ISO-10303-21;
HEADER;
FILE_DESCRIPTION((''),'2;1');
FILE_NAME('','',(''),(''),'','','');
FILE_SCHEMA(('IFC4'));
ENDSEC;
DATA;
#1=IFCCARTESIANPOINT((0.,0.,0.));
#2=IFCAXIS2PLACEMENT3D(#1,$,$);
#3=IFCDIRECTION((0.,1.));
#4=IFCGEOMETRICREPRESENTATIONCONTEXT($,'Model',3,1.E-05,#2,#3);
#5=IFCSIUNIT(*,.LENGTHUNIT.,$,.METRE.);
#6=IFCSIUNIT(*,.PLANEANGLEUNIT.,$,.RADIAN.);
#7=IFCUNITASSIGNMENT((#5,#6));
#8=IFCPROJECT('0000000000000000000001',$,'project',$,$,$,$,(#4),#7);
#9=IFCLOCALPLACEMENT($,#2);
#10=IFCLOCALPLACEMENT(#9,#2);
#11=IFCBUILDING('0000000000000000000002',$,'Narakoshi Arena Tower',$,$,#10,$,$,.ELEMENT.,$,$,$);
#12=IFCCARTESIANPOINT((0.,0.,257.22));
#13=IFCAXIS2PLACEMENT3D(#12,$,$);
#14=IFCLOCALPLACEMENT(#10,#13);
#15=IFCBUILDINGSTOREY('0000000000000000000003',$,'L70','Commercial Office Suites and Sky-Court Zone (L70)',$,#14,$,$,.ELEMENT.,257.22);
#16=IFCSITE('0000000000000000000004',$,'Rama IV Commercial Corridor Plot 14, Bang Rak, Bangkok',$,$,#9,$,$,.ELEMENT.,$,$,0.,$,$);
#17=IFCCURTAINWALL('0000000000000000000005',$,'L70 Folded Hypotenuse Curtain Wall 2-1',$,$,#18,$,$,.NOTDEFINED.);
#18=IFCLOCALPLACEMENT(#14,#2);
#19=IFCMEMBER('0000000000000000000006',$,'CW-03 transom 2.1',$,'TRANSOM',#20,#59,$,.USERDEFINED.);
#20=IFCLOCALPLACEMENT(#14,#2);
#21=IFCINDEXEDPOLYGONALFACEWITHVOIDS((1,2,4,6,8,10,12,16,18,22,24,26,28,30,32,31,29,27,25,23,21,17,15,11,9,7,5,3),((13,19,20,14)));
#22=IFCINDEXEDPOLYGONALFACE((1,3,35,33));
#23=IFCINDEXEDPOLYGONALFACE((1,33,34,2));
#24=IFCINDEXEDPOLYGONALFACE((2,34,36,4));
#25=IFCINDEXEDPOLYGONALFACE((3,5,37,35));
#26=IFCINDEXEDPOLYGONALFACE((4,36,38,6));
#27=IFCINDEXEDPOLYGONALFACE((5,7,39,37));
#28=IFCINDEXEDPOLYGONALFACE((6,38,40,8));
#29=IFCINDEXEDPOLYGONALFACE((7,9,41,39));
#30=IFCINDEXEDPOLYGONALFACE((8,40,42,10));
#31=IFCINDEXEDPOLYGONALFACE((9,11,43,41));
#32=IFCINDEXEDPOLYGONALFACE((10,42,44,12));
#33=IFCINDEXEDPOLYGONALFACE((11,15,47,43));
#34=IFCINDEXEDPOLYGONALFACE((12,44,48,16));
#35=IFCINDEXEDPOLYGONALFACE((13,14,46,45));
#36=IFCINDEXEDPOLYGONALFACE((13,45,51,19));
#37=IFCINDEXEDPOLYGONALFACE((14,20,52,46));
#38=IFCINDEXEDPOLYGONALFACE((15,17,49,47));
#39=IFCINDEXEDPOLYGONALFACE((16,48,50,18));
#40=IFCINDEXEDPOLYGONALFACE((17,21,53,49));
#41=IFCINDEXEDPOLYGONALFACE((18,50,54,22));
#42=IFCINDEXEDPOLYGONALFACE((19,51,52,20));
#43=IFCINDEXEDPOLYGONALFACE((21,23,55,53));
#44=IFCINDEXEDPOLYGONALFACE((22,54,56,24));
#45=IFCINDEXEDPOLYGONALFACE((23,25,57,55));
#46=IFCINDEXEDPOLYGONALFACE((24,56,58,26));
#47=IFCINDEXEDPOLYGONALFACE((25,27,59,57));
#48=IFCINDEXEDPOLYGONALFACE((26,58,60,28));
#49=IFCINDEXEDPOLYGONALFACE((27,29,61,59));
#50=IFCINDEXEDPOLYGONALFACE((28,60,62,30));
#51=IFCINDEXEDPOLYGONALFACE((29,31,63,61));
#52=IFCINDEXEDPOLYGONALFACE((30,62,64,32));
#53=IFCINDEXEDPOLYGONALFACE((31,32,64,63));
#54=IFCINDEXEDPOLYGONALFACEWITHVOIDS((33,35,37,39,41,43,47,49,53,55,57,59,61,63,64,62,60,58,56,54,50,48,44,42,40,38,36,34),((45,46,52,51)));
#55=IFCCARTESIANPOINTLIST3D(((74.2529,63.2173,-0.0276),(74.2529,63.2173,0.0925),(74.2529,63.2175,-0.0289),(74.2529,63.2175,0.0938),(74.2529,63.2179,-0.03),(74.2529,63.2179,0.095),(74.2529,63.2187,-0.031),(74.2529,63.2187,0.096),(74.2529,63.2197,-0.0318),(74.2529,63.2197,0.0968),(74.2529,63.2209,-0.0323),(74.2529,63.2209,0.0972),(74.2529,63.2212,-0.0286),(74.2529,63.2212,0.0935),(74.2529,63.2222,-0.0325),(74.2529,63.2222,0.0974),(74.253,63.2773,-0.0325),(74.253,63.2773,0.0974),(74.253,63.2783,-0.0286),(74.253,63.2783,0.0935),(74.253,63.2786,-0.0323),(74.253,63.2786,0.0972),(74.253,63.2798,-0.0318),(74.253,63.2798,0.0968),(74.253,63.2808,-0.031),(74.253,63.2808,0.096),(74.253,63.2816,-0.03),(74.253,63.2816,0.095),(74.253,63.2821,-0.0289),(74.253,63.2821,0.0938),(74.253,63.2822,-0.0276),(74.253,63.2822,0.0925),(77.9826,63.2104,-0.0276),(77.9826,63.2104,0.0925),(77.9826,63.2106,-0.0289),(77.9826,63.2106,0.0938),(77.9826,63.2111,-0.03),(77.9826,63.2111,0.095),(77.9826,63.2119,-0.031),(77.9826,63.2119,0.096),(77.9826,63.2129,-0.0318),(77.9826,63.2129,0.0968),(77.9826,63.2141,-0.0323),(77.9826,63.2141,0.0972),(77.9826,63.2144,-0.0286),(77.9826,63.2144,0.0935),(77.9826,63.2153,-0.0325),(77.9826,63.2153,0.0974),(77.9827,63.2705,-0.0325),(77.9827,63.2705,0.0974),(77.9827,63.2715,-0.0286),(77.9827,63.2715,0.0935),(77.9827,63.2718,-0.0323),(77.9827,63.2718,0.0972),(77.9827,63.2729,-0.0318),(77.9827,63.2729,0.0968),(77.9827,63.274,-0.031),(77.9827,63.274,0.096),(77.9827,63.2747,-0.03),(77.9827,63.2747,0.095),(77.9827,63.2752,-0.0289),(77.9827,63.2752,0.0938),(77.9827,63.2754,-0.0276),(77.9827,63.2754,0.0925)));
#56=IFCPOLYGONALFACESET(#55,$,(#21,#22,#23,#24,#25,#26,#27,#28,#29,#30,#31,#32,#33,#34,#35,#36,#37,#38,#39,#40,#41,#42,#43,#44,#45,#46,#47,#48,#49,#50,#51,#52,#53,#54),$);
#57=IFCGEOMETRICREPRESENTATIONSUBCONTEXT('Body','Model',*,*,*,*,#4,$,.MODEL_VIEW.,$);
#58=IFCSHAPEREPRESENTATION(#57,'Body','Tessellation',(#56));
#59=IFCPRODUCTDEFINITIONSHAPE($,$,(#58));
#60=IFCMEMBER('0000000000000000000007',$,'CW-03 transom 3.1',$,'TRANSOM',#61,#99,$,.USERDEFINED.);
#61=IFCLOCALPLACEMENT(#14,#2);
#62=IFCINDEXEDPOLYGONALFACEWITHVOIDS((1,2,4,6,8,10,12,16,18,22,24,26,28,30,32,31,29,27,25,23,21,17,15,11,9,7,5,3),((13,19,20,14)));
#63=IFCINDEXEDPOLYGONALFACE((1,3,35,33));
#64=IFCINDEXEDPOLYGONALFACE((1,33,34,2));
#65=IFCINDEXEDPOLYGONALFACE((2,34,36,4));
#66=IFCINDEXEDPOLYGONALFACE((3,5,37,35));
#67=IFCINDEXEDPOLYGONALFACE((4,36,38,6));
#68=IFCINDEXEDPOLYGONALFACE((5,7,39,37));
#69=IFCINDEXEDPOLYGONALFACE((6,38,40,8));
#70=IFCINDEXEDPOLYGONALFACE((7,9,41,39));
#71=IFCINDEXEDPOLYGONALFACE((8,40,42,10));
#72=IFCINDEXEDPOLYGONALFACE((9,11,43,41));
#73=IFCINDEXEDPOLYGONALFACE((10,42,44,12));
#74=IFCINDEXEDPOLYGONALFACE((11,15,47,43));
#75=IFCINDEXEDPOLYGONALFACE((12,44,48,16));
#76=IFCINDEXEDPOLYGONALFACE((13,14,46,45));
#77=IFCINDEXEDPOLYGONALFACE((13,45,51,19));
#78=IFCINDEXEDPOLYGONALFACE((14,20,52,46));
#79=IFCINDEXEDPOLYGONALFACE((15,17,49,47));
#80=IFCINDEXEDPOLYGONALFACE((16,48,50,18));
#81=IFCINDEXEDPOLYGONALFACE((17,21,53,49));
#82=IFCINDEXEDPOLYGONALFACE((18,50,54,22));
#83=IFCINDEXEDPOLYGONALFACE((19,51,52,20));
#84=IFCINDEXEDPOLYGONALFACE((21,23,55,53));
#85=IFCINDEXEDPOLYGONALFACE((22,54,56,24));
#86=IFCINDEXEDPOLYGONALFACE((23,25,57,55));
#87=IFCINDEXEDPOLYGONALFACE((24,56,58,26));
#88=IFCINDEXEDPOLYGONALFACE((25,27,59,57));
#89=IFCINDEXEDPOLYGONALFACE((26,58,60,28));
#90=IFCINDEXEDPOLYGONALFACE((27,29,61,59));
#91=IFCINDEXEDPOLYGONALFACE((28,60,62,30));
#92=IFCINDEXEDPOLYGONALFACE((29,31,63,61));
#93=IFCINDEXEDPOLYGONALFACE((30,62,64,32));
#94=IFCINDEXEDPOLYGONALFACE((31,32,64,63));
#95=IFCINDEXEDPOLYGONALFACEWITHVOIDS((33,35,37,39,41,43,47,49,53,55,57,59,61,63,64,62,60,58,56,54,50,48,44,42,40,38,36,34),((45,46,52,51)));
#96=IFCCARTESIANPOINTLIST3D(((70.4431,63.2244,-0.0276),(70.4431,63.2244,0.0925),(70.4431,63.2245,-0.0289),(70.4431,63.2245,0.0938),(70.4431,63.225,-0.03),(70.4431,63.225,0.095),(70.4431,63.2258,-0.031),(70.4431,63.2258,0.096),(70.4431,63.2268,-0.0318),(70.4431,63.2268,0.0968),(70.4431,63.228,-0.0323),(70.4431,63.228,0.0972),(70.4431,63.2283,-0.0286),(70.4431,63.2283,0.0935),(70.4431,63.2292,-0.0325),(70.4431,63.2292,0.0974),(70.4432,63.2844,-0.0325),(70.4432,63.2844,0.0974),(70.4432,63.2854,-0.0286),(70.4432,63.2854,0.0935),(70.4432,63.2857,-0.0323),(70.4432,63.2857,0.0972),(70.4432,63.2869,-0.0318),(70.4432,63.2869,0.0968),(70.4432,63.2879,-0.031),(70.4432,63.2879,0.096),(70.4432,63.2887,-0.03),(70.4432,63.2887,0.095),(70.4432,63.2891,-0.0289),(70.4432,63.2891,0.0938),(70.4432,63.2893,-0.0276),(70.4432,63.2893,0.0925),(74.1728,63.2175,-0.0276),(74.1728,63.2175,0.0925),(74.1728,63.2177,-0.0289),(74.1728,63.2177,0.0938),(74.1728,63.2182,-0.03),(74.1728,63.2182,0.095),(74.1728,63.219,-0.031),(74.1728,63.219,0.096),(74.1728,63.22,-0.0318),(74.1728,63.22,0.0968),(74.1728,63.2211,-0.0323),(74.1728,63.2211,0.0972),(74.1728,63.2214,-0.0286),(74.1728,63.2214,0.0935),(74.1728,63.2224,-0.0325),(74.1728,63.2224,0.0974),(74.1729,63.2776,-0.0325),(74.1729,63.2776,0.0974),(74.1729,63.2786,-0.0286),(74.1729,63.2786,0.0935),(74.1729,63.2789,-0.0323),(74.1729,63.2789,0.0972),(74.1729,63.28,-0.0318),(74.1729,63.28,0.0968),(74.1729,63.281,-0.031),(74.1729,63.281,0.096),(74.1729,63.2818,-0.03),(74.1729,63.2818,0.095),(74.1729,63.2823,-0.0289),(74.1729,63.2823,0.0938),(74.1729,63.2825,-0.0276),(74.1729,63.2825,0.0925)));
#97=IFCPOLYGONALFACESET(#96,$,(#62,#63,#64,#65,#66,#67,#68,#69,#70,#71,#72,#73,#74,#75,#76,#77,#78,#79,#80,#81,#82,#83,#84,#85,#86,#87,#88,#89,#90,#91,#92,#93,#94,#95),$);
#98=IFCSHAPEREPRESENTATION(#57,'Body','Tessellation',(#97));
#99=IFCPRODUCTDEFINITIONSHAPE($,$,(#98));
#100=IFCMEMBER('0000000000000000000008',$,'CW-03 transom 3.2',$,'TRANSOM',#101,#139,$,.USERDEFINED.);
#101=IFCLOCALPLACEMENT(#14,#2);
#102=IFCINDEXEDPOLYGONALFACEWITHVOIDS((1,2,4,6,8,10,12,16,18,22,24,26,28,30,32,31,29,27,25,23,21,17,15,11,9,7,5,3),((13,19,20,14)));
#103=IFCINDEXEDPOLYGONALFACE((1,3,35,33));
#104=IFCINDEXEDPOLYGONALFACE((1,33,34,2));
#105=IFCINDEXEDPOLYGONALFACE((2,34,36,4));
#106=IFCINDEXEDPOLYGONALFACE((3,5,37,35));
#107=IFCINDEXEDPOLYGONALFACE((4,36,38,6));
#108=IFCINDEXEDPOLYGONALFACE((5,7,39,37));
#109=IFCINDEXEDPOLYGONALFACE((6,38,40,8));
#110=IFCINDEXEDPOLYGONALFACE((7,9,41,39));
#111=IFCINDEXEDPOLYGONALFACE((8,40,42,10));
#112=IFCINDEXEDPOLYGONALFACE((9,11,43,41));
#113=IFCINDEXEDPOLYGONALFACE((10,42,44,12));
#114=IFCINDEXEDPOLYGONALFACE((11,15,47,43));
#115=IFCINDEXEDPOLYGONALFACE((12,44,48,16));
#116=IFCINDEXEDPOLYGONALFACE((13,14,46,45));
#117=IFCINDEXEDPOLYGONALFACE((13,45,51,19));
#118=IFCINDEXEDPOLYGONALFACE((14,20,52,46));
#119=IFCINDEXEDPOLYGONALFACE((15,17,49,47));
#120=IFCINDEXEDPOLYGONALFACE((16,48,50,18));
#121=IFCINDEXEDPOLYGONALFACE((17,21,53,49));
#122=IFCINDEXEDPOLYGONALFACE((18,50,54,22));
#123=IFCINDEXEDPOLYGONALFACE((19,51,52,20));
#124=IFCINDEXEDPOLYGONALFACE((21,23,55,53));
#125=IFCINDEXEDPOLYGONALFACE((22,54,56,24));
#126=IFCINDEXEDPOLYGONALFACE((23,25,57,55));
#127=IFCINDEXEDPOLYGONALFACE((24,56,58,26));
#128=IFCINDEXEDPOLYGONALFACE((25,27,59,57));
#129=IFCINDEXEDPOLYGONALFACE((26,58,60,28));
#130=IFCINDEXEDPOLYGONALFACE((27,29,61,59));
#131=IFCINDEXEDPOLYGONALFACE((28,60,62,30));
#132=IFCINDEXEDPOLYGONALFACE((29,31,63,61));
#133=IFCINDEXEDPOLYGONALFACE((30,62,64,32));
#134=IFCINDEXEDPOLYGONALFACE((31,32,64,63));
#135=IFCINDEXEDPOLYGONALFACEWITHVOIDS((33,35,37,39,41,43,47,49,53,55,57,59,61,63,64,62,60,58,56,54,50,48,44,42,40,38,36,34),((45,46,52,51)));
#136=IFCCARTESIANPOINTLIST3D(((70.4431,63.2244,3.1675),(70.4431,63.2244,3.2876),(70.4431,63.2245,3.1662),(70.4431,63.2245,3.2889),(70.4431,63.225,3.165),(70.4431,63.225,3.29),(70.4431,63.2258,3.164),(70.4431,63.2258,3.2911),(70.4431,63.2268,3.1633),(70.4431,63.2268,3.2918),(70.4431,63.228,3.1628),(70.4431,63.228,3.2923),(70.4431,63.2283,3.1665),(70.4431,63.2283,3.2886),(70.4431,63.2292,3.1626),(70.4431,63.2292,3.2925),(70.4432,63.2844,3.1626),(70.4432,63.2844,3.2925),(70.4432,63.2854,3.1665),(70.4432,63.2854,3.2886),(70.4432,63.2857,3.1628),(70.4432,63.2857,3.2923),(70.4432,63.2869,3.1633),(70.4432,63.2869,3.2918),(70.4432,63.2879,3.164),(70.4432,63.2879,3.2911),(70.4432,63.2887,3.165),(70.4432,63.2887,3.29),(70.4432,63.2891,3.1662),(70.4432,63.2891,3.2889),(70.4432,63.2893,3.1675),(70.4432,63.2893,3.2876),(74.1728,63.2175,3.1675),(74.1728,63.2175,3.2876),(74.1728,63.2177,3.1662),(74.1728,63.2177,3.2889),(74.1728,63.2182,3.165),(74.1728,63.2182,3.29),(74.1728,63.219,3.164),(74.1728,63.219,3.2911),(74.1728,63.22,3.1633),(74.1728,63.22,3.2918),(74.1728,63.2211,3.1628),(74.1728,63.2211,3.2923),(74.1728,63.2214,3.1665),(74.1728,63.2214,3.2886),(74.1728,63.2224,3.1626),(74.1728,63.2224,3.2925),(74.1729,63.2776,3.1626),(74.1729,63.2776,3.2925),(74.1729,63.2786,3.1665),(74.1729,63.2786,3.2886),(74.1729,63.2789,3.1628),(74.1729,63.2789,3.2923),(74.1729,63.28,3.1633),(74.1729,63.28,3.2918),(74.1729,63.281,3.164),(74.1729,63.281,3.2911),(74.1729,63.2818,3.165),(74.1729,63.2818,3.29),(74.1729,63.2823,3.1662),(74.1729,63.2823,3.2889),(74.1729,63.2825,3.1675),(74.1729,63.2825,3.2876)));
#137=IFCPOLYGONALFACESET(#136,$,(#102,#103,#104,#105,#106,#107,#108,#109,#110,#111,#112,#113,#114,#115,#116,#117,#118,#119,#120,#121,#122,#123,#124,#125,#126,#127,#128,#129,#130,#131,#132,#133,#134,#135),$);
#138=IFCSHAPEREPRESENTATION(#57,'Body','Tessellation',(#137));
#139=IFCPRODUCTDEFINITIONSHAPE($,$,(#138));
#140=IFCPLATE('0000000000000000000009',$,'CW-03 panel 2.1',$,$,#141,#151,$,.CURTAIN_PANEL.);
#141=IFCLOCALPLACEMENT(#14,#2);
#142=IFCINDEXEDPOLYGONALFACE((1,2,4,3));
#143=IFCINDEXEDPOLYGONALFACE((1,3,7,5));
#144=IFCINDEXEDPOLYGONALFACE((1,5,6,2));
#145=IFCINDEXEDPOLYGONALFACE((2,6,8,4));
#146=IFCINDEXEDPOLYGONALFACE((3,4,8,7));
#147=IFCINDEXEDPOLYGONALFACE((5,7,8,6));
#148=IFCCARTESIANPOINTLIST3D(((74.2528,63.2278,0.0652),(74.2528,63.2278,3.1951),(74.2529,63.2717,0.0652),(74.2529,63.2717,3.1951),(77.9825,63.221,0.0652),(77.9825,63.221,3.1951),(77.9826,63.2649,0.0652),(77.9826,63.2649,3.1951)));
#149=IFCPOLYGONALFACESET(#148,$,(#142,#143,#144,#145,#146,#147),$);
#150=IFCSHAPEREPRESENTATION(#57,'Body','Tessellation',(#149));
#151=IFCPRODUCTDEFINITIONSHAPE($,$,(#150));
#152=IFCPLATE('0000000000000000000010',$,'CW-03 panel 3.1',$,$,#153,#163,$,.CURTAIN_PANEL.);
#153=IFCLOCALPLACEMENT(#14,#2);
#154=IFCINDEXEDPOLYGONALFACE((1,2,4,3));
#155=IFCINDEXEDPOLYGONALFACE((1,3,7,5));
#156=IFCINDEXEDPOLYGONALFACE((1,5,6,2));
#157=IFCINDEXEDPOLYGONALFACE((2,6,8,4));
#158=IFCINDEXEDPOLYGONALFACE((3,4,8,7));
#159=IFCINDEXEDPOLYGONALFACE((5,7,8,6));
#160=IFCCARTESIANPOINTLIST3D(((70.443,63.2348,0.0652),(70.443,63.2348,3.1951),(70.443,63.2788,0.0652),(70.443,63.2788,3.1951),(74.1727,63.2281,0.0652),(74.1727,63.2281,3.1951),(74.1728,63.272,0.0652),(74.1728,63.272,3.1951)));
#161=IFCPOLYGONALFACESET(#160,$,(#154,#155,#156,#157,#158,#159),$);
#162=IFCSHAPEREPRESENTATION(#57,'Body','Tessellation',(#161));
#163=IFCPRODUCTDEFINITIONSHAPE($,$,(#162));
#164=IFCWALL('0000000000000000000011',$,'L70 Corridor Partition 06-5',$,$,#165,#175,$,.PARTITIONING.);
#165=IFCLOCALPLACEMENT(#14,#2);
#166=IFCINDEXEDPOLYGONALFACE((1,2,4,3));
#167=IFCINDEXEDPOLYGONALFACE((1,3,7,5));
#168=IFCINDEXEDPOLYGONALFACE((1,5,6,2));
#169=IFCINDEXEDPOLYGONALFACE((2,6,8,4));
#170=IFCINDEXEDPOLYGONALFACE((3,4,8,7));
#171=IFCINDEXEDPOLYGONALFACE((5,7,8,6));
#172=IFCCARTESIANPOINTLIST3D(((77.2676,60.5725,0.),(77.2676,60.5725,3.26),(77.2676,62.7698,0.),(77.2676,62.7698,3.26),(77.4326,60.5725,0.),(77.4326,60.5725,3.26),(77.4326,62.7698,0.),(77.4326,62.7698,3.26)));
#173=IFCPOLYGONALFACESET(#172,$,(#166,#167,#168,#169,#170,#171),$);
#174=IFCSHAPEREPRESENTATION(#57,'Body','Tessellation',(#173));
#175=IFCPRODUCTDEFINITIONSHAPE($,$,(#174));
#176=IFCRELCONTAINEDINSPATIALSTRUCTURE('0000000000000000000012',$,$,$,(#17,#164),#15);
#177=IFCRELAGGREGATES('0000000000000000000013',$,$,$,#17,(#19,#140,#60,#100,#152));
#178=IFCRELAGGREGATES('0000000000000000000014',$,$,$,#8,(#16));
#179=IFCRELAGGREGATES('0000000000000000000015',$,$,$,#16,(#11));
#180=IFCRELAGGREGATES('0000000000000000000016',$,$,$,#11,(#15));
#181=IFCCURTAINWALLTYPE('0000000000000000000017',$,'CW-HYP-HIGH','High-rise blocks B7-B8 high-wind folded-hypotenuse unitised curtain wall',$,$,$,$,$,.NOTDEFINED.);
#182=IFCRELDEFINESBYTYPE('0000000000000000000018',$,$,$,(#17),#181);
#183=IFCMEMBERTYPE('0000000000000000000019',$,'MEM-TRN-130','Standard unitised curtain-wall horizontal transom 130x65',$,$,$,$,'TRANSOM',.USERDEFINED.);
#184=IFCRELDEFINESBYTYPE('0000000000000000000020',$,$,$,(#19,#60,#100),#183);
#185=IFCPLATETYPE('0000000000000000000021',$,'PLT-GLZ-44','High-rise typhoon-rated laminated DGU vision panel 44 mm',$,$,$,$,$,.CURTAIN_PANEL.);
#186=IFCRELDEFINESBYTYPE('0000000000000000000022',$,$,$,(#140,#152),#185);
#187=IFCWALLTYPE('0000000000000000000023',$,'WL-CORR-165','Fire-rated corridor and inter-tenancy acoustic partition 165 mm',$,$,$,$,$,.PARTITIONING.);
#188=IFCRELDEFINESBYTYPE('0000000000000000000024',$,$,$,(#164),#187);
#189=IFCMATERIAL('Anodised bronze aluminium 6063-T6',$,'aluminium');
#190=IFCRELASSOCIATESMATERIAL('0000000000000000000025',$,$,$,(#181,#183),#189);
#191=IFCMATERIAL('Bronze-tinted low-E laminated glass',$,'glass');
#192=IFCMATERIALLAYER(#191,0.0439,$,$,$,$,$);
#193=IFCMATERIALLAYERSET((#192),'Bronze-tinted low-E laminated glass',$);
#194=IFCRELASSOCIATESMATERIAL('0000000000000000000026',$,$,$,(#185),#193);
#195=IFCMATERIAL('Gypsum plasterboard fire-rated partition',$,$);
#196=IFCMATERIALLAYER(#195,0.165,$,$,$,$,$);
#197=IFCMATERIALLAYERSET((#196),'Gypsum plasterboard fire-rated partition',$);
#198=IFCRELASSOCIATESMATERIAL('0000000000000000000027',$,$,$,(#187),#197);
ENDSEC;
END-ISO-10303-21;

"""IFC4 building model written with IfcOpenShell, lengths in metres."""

from ifc_helpers import new_model, si_unit, direction, frame, frame_2d, origin, origin_2d, place, context, subcontext, project, spatial, rectangle, hollow_rectangle, extrude, material, layer, layer_set, material_profile, profile_set, type_object, element, aggregate, save


model = new_model("IFC4")

# Units and contexts
model_context = context("Model", 3, precision=1e-05, world=origin(), true_north=direction((0.0, 1.0)))
body_context = subcontext(model_context, "Body", "Model", "MODEL_VIEW")
ifc_project = project(units=[si_unit("LENGTHUNIT", "METRE"), si_unit("PLANEANGLEUNIT", "RADIAN")], contexts=[model_context])

# Site, building, storey
site_placement = place(None, origin())
site = spatial("IfcSite", under=ifc_project, at=site_placement, Name="Rama IV Commercial Corridor Plot 14, Bang Rak, Bangkok", CompositionType="ELEMENT", RefElevation=0.0)
building_placement = place(site_placement, origin())
building = spatial("IfcBuilding", under=site, at=building_placement, Name="Narakoshi Arena Tower", CompositionType="ELEMENT")
storey_placement = place(building_placement, frame((0.0, 0.0, 257.22)))
storey = spatial("IfcBuildingStorey", under=building, at=storey_placement, Name="L70", Description="Commercial Office Suites and Sky-Court Zone (L70)", CompositionType="ELEMENT", Elevation=257.22)

# Curtain wall, members, plates
ifc_material_1 = material(Name="Anodised bronze aluminium 6063-T6", Category="aluminium")
curtain_wall_type = type_object("IfcCurtainWallType", Name="CW-HYP-HIGH", Description="High-rise blocks B7-B8 high-wind folded-hypotenuse unitised curtain wall", PredefinedType="NOTDEFINED", material=ifc_material_1)
curtain_wall_placement = place(storey_placement, origin())
curtain_wall = element("IfcCurtainWall", 1, at=curtain_wall_placement, inside=storey, type_object=curtain_wall_type, Name="L70 Folded Hypotenuse Curtain Wall 2-1", PredefinedType="NOTDEFINED")
ifc_material_profile_1 = material_profile(ifc_material_1, hollow_rectangle(XDim=0.0649, YDim=0.1299, WallThickness=0.0039, OuterFilletRadius=0.0049, at=origin_2d()), Name="TRN130x65x4")
ifc_profile_set_1 = profile_set([ifc_material_profile_1], Name="Anodised bronze aluminium 6063-T6")
member_type_1 = type_object("IfcMemberType", Name="MEM-TRN-130", Description="Standard unitised curtain-wall horizontal transom 130x65", ElementType="TRANSOM", PredefinedType="USERDEFINED", material=ifc_profile_set_1)
member_1_placement = place(storey_placement, frame((77.9827, 63.2429, 0.0325), z_axis=(-0.999998, 0.001833, 0.0), x_axis=(-0.001833, -0.999998, 0.0)))
member_1 = element("IfcMember", 2, at=member_1_placement, type_object=member_type_1, Name="CW-03 transom 2.1", ObjectType="TRANSOM", PredefinedType="USERDEFINED", context=body_context, shape_type="SweptSolid", body=[
    extrude(hollow_rectangle(XDim=0.0649, YDim=0.1299, WallThickness=0.0039, OuterFilletRadius=0.0049, at=origin_2d()), origin(), (0.0, 0.0, 1.0), 3.7297),
])
member_2_placement = place(storey_placement, frame((74.1729, 63.25, 0.0325), z_axis=(-0.999998, 0.001833, 0.0), x_axis=(-0.001833, -0.999998, 0.0)))
member_2 = element("IfcMember", 3, at=member_2_placement, type_object=member_type_1, Name="CW-03 transom 3.1", ObjectType="TRANSOM", PredefinedType="USERDEFINED", context=body_context, shape_type="SweptSolid", body=[
    extrude(hollow_rectangle(XDim=0.0649, YDim=0.1299, WallThickness=0.0039, OuterFilletRadius=0.0049, at=origin_2d()), origin(), (0.0, 0.0, 1.0), 3.7297),
])
member_3_placement = place(storey_placement, frame((74.1729, 63.25, 3.2275), z_axis=(-0.999998, 0.001833, 0.0), x_axis=(-0.001833, -0.999998, 0.0)))
member_3 = element("IfcMember", 4, at=member_3_placement, type_object=member_type_1, Name="CW-03 transom 3.2", ObjectType="TRANSOM", PredefinedType="USERDEFINED", context=body_context, shape_type="SweptSolid", body=[
    extrude(hollow_rectangle(XDim=0.0649, YDim=0.1299, WallThickness=0.0039, OuterFilletRadius=0.0049, at=origin_2d()), origin(), (0.0, 0.0, 1.0), 3.7297),
])
ifc_material_2 = material(Name="Bronze-tinted low-E laminated glass", Category="glass")
ifc_layer_1 = layer(ifc_material_2, 0.0439)
ifc_layer_set_1 = layer_set([ifc_layer_1], Name="Bronze-tinted low-E laminated glass")
plate_type = type_object("IfcPlateType", Name="PLT-GLZ-44", Description="High-rise typhoon-rated laminated DGU vision panel 44 mm", PredefinedType="CURTAIN_PANEL", material=ifc_layer_set_1)
plate_1_placement = place(storey_placement, frame((76.1177, 63.2463, 0.0652), z_axis=(0.0, 0.0, 1.0), x_axis=(-0.999998, 0.00182, 0.0)))
plate_1 = element("IfcPlate", 5, at=plate_1_placement, type_object=plate_type, Name="CW-03 panel 2.1", PredefinedType="CURTAIN_PANEL", context=body_context, shape_type="SweptSolid", body=[
    extrude(rectangle(XDim=3.7297, YDim=0.0439, at=origin_2d()), origin(), (0.0, 0.0, 1.0), 3.1299),
])
plate_2_placement = place(storey_placement, frame((72.3079, 63.2534, 0.0652), z_axis=(0.0, 0.0, 1.0), x_axis=(-0.999998, 0.00182, 0.0)))
plate_2 = element("IfcPlate", 6, at=plate_2_placement, type_object=plate_type, Name="CW-03 panel 3.1", PredefinedType="CURTAIN_PANEL", context=body_context, shape_type="SweptSolid", body=[
    extrude(rectangle(XDim=3.7297, YDim=0.0439, at=origin_2d()), origin(), (0.0, 0.0, 1.0), 3.1299),
])
aggregate(curtain_wall, [member_1, plate_1, member_2, member_3, plate_2])

# Wall
ifc_material_3 = material(Name="Gypsum plasterboard fire-rated partition")
ifc_layer_2 = layer(ifc_material_3, 0.165)
ifc_layer_set_2 = layer_set([ifc_layer_2], Name="Gypsum plasterboard fire-rated partition")
wall_type_1 = type_object("IfcWallType", Name="WL-CORR-165", Description="Fire-rated corridor and inter-tenancy acoustic partition 165 mm", PredefinedType="PARTITIONING", material=ifc_layer_set_2)
wall_1_placement = place(storey_placement, frame((77.3501, 62.7698, 0.0), z_axis=(0.0, 0.0, 1.0), x_axis=(0.0, -1.0, 0.0)))
element("IfcWall", 7, at=wall_1_placement, inside=storey, type_object=wall_type_1, Name="L70 Corridor Partition 06-5", PredefinedType="PARTITIONING", context=body_context, shape_type="SweptSolid", body=[
    extrude(rectangle(XDim=2.1973, YDim=0.165, at=frame_2d((1.0986, 0.0))), origin(), (0.0, 0.0, 1.0), 3.26),
])

save(model, "model.ifc")
